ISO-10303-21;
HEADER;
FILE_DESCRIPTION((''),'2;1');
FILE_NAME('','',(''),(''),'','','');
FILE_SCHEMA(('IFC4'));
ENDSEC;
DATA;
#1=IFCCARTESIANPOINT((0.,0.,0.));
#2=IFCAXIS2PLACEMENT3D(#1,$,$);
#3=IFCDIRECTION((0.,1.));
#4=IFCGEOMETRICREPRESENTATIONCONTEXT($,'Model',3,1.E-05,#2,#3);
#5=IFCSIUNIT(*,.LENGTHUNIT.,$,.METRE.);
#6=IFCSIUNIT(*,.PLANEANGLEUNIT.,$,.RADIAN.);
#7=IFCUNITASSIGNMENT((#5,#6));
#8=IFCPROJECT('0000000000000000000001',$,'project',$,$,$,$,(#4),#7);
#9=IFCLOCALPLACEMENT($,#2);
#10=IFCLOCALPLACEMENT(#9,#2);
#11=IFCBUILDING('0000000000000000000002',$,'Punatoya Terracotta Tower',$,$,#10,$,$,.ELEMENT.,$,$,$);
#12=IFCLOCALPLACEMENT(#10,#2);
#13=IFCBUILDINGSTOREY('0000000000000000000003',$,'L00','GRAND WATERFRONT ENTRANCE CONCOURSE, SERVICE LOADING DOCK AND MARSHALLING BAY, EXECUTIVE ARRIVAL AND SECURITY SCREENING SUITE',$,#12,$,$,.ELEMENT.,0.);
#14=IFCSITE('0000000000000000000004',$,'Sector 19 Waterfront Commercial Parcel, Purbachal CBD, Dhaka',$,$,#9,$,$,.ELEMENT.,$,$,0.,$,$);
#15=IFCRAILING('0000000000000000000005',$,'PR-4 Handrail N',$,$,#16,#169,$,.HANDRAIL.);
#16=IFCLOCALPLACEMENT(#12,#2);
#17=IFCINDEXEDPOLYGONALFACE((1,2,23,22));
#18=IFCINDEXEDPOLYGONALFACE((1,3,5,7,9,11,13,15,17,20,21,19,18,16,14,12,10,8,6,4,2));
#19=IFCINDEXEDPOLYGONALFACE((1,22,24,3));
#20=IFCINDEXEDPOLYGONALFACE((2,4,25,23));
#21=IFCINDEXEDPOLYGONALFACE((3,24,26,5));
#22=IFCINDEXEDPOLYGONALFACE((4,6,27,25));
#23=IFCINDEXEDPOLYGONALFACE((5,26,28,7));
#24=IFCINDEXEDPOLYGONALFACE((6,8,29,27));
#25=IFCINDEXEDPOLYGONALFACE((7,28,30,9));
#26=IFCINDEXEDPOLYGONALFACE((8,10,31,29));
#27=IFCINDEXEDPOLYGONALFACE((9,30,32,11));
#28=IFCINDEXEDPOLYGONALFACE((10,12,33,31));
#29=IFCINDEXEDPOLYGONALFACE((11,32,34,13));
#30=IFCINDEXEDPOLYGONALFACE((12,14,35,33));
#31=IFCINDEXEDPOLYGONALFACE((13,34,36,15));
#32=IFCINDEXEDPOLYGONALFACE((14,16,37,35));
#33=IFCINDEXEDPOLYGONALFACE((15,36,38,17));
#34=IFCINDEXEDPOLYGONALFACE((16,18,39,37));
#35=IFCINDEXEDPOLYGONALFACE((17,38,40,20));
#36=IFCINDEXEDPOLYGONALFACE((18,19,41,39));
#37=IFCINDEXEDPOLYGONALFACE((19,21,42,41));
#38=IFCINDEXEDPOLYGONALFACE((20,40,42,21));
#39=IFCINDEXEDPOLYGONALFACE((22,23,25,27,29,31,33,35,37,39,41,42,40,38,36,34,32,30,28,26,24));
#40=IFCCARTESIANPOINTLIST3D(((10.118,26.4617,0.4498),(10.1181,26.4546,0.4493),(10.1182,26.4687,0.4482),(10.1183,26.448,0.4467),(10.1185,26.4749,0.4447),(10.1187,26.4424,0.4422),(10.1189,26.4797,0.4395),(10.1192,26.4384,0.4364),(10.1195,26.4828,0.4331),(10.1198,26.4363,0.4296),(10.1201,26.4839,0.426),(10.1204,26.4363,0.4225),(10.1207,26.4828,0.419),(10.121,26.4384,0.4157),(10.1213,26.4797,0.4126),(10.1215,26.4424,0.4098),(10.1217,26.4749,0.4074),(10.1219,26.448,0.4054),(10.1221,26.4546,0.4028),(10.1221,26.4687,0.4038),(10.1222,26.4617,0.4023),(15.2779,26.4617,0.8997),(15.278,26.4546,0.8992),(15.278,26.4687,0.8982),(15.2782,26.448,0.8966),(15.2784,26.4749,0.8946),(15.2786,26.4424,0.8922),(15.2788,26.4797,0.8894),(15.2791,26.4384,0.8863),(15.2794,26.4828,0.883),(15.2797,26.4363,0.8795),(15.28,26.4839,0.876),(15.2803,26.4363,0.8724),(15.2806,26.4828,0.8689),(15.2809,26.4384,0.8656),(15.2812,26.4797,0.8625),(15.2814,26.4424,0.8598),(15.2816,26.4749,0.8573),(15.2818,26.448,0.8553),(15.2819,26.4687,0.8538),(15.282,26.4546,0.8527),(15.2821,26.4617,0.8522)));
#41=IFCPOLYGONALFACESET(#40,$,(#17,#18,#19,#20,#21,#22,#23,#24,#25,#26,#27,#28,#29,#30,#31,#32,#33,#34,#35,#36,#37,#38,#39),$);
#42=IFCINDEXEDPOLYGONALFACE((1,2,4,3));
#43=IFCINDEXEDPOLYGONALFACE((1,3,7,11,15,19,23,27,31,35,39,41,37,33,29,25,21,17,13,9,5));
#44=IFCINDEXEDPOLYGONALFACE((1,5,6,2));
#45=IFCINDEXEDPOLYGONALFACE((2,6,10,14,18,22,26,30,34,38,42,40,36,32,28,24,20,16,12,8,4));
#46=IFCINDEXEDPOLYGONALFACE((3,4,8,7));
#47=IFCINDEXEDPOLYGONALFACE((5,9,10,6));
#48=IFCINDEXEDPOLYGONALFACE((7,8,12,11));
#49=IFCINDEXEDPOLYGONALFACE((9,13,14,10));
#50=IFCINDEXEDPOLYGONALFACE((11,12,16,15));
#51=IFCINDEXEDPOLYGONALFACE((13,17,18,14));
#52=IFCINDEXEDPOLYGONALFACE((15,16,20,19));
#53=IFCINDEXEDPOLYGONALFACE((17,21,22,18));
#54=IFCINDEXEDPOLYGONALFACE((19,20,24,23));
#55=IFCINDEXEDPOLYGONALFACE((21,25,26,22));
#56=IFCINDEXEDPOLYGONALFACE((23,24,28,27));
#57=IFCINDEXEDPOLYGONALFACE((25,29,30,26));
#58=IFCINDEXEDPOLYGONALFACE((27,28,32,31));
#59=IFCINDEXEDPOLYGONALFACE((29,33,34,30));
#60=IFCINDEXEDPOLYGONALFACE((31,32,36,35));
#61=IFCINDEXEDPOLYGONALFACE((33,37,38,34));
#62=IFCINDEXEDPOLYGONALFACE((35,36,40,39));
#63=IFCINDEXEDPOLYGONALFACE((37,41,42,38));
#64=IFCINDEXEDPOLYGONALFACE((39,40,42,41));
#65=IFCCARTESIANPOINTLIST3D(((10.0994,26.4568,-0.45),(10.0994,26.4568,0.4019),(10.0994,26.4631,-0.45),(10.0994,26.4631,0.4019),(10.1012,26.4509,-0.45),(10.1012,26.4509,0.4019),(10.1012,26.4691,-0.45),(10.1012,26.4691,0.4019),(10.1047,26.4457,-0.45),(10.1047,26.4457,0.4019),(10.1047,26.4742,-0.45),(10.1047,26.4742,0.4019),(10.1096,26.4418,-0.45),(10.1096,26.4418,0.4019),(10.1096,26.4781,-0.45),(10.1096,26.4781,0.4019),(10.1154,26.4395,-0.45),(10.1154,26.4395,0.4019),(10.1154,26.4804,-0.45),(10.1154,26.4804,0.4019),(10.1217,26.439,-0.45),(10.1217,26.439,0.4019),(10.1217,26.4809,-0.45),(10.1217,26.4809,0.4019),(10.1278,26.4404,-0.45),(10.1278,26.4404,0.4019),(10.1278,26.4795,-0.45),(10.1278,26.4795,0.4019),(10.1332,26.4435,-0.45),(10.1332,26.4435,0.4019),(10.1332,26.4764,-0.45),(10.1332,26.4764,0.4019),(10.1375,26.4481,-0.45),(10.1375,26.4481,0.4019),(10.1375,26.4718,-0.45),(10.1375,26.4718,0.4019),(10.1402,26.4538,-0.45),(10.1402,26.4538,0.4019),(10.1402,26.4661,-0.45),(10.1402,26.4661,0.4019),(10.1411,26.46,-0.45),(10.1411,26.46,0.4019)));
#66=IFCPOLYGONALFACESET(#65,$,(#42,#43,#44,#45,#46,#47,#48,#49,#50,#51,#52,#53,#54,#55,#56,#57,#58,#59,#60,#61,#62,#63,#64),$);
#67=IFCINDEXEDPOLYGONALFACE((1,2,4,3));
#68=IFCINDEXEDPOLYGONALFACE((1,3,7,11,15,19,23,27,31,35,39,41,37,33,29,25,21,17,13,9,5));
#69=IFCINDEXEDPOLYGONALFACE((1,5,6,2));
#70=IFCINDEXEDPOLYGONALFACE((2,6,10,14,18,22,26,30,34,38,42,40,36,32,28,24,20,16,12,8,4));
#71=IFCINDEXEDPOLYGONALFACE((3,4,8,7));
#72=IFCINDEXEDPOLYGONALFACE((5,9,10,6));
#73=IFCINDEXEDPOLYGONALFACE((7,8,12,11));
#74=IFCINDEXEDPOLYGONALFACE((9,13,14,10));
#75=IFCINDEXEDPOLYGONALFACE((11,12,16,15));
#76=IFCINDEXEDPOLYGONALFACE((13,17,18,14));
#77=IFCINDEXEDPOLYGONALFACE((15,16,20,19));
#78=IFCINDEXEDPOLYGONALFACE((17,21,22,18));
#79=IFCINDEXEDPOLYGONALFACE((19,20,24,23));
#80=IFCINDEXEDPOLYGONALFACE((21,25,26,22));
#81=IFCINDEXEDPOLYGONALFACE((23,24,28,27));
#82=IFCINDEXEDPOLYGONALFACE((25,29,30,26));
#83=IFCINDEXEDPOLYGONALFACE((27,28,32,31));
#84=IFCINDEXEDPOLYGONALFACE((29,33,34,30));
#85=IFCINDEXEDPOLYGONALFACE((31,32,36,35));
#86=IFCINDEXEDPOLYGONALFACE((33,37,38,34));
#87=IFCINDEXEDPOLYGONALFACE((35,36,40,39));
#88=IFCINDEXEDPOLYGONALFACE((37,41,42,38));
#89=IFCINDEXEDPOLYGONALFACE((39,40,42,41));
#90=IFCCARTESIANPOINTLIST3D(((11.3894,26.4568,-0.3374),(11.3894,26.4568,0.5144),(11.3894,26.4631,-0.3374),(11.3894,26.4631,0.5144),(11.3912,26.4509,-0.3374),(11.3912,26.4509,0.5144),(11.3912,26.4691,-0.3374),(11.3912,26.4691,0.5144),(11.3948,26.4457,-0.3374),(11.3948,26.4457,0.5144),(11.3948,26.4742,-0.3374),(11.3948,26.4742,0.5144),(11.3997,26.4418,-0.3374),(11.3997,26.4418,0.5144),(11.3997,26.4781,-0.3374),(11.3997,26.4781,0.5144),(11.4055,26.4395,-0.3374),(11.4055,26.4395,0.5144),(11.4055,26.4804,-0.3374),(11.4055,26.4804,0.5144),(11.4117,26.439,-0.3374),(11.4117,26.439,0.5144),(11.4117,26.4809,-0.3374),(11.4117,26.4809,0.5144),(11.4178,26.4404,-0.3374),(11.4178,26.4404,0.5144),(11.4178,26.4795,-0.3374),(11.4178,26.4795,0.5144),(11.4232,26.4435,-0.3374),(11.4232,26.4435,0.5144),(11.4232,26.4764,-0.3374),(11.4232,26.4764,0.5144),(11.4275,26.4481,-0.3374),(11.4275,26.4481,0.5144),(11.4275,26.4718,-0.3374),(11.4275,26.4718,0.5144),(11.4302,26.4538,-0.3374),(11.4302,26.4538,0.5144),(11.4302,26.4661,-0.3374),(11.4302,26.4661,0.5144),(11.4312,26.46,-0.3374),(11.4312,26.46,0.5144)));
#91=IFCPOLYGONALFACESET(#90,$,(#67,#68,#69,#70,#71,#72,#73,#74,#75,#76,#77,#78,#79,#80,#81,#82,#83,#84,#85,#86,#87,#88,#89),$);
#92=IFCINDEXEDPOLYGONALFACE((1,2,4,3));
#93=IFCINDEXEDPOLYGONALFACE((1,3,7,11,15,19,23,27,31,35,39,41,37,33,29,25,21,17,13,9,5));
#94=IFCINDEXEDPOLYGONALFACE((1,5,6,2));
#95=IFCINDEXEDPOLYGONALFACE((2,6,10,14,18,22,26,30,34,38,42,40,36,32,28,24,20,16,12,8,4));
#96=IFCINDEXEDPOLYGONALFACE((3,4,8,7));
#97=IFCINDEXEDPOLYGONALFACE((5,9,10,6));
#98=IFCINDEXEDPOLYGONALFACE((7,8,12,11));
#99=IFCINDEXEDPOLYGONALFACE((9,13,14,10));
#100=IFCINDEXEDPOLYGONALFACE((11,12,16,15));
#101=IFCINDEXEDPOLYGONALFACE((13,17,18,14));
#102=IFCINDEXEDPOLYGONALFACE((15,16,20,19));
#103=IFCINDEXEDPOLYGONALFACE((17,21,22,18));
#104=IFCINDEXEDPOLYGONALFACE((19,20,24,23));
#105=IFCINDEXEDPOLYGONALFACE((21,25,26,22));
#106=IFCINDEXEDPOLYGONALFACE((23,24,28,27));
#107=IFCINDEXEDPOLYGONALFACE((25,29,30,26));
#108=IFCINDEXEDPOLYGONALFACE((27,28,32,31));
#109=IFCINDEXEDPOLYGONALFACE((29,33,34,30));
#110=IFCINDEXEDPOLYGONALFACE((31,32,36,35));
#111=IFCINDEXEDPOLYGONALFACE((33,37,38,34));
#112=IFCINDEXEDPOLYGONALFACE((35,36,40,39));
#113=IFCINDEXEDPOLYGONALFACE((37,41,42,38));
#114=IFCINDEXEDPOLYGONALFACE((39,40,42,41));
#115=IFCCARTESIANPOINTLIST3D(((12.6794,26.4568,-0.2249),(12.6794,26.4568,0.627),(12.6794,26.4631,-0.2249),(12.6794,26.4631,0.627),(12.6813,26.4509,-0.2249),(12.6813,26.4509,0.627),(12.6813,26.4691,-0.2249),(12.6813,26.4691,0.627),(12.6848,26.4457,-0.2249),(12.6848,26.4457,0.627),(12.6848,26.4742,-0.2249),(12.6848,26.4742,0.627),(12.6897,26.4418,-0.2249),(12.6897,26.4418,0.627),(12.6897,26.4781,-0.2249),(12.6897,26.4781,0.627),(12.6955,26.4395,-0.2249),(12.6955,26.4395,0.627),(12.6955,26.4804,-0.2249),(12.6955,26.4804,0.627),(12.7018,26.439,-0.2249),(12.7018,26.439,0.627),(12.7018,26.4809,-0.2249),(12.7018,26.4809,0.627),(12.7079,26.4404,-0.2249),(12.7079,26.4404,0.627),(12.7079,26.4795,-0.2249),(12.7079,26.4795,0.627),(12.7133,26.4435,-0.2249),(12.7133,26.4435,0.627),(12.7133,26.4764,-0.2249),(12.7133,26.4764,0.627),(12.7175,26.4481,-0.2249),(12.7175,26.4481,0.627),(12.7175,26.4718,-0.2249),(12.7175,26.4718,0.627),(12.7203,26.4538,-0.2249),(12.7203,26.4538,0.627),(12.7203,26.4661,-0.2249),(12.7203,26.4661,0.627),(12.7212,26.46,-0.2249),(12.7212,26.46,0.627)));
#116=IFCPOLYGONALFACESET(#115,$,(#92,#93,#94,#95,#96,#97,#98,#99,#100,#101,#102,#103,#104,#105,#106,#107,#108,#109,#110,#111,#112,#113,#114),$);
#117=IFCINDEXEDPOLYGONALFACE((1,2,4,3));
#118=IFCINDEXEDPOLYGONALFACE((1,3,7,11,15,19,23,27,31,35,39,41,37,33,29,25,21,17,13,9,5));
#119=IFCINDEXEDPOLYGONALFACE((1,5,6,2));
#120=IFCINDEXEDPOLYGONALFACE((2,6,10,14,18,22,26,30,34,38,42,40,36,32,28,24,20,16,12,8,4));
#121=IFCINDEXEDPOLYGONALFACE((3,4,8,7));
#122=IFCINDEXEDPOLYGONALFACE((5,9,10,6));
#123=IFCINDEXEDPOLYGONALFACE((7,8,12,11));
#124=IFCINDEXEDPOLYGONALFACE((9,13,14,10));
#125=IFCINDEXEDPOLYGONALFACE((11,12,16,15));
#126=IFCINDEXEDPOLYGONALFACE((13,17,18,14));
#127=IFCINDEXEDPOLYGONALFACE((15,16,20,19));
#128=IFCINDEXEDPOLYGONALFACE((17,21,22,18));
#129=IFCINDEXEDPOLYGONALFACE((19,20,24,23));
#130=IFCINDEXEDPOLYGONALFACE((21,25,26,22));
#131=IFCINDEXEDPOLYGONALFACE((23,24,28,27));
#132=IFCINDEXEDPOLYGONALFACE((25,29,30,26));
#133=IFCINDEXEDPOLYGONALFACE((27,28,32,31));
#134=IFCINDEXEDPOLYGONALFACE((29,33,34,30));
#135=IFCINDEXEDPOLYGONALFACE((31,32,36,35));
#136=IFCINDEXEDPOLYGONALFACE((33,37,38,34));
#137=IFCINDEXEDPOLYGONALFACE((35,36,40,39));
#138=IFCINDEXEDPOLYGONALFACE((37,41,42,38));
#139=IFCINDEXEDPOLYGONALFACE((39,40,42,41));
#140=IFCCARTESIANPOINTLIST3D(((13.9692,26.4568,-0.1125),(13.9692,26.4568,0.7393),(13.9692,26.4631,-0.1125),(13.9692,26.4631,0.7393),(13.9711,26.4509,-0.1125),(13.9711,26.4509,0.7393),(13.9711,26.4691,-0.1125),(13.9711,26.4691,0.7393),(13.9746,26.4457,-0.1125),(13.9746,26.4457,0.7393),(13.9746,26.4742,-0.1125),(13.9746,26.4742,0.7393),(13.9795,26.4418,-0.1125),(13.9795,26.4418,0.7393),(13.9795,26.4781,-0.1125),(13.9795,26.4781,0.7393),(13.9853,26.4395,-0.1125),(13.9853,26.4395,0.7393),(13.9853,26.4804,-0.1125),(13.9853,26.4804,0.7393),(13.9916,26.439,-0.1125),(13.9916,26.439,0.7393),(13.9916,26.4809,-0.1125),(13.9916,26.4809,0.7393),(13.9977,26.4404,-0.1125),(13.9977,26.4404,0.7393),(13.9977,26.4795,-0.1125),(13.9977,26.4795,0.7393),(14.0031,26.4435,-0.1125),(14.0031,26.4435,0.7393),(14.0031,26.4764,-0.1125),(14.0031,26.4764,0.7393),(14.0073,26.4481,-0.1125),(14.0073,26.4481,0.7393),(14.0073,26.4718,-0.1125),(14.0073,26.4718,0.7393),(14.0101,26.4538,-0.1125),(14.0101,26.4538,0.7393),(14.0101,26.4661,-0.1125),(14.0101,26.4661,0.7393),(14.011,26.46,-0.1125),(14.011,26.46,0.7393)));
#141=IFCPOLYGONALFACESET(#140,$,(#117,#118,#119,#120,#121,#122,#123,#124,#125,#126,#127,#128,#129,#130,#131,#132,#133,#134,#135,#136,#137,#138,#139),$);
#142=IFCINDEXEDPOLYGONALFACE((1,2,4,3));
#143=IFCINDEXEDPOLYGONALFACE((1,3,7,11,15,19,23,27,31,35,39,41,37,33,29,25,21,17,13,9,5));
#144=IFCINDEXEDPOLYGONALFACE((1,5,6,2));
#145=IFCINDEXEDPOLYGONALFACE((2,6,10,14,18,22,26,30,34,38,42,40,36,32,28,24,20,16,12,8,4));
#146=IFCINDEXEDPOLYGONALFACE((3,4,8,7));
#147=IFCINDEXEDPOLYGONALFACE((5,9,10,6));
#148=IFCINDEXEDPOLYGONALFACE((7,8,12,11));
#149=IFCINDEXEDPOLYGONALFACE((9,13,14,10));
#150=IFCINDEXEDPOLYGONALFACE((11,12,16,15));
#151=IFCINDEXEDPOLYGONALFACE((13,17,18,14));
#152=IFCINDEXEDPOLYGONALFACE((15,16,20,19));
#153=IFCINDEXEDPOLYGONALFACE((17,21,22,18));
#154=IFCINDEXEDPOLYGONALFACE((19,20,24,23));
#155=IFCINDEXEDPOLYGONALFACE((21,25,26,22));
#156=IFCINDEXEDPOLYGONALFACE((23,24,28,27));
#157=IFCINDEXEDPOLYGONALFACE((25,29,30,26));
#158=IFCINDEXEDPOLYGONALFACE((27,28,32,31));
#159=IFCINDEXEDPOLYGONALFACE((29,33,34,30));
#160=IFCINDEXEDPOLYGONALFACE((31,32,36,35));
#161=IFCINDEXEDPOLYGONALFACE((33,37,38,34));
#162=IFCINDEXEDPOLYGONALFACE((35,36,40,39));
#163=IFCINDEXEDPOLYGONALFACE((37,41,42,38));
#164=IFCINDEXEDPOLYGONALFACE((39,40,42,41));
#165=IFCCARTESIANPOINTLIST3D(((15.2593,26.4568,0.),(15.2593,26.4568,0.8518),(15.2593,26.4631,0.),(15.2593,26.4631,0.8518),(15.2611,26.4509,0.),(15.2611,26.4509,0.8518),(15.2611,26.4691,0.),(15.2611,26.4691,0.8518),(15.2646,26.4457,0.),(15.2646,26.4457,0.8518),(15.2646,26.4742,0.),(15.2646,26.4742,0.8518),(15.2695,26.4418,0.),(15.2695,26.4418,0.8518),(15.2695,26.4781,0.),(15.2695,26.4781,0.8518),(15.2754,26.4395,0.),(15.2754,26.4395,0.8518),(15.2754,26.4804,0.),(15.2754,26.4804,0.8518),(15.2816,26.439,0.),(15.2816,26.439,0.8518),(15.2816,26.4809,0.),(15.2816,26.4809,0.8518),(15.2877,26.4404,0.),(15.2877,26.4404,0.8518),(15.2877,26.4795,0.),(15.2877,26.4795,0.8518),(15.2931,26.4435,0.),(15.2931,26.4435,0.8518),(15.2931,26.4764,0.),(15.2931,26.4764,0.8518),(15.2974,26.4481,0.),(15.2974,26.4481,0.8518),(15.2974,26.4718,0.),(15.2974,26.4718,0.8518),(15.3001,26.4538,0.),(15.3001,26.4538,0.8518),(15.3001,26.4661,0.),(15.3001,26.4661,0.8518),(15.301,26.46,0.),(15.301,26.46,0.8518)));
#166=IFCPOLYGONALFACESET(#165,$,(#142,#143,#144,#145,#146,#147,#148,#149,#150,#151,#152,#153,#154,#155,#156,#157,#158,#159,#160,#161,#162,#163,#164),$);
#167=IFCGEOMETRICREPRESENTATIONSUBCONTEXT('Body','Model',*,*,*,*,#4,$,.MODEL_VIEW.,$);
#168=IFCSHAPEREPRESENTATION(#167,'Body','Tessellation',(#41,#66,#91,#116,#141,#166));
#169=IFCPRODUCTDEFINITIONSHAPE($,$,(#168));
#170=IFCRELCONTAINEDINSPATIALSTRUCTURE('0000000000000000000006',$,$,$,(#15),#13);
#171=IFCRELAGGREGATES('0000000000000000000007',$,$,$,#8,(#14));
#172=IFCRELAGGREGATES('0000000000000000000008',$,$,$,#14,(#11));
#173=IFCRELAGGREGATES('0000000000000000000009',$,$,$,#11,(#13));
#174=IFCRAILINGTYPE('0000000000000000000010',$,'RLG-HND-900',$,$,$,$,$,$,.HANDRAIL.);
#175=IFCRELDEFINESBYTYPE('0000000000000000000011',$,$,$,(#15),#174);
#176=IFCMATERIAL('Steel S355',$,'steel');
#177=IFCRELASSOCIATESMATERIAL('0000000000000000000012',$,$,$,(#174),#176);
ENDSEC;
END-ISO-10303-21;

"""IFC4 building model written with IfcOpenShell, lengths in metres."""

from ifc_helpers import new_model, si_unit, direction, frame, origin, origin_2d, place, context, subcontext, project, spatial, circle, extrude, material, type_object, element, save


model = new_model("IFC4")

# Units and contexts
model_context = context("Model", 3, precision=1e-05, world=origin(), true_north=direction((0.0, 1.0)))
body_context = subcontext(model_context, "Body", "Model", "MODEL_VIEW")
ifc_project = project(units=[si_unit("LENGTHUNIT", "METRE"), si_unit("PLANEANGLEUNIT", "RADIAN")], contexts=[model_context])

# Site, building, storey
site_placement = place(None, origin())
site = spatial("IfcSite", under=ifc_project, at=site_placement, Name="Sector 19 Waterfront Commercial Parcel, Purbachal CBD, Dhaka", CompositionType="ELEMENT", RefElevation=0.0)
building_placement = place(site_placement, origin())
building = spatial("IfcBuilding", under=site, at=building_placement, Name="Punatoya Terracotta Tower", CompositionType="ELEMENT")
storey_placement = place(building_placement, origin())
storey = spatial("IfcBuildingStorey", under=building, at=storey_placement, Name="L00", Description="GRAND WATERFRONT ENTRANCE CONCOURSE, SERVICE LOADING DOCK AND MARSHALLING BAY, EXECUTIVE ARRIVAL AND SECURITY SCREENING SUITE", CompositionType="ELEMENT", Elevation=0.0)

# Shared definitions
ifc_material_1 = material(Name="Steel S355", Category="steel")

# Railing
railing_type_1 = type_object("IfcRailingType", Name="RLG-HND-900", PredefinedType="HANDRAIL", material=ifc_material_1)
for number, where, name in (
    (1, (10.1201, 26.46, -0.45), "PR-4 Handrail N"),
):
    element("IfcRailing", number, at=place(storey_placement, frame(where)), inside=storey, type_object=railing_type_1, Name=name, PredefinedType="HANDRAIL", context=body_context, shape_type="SweptSolid", body=[
        extrude(circle(Radius=0.0239, at=origin_2d()), frame((0.0, 0.0, 0.876), z_axis=(0.99622, 0.0, 0.086872), x_axis=(0.0, 1.0, 0.0)), (0.0, 0.0, 1.0), 5.1794),
        extrude(circle(Radius=0.021, at=origin_2d()), origin(), (0.0, 0.0, 1.0), 0.8518),
        extrude(circle(Radius=0.021, at=origin_2d()), frame((1.29, 0.0, 0.1125)), (0.0, 0.0, 1.0), 0.8518),
        extrude(circle(Radius=0.021, at=origin_2d()), frame((2.5801, 0.0, 0.2251)), (0.0, 0.0, 1.0), 0.8518),
        extrude(circle(Radius=0.021, at=origin_2d()), frame((3.8699, 0.0, 0.3374)), (0.0, 0.0, 1.0), 0.8518),
        extrude(circle(Radius=0.021, at=origin_2d()), frame((5.1599, 0.0, 0.45)), (0.0, 0.0, 1.0), 0.8518),
    ])

save(model, "model.ifc")
